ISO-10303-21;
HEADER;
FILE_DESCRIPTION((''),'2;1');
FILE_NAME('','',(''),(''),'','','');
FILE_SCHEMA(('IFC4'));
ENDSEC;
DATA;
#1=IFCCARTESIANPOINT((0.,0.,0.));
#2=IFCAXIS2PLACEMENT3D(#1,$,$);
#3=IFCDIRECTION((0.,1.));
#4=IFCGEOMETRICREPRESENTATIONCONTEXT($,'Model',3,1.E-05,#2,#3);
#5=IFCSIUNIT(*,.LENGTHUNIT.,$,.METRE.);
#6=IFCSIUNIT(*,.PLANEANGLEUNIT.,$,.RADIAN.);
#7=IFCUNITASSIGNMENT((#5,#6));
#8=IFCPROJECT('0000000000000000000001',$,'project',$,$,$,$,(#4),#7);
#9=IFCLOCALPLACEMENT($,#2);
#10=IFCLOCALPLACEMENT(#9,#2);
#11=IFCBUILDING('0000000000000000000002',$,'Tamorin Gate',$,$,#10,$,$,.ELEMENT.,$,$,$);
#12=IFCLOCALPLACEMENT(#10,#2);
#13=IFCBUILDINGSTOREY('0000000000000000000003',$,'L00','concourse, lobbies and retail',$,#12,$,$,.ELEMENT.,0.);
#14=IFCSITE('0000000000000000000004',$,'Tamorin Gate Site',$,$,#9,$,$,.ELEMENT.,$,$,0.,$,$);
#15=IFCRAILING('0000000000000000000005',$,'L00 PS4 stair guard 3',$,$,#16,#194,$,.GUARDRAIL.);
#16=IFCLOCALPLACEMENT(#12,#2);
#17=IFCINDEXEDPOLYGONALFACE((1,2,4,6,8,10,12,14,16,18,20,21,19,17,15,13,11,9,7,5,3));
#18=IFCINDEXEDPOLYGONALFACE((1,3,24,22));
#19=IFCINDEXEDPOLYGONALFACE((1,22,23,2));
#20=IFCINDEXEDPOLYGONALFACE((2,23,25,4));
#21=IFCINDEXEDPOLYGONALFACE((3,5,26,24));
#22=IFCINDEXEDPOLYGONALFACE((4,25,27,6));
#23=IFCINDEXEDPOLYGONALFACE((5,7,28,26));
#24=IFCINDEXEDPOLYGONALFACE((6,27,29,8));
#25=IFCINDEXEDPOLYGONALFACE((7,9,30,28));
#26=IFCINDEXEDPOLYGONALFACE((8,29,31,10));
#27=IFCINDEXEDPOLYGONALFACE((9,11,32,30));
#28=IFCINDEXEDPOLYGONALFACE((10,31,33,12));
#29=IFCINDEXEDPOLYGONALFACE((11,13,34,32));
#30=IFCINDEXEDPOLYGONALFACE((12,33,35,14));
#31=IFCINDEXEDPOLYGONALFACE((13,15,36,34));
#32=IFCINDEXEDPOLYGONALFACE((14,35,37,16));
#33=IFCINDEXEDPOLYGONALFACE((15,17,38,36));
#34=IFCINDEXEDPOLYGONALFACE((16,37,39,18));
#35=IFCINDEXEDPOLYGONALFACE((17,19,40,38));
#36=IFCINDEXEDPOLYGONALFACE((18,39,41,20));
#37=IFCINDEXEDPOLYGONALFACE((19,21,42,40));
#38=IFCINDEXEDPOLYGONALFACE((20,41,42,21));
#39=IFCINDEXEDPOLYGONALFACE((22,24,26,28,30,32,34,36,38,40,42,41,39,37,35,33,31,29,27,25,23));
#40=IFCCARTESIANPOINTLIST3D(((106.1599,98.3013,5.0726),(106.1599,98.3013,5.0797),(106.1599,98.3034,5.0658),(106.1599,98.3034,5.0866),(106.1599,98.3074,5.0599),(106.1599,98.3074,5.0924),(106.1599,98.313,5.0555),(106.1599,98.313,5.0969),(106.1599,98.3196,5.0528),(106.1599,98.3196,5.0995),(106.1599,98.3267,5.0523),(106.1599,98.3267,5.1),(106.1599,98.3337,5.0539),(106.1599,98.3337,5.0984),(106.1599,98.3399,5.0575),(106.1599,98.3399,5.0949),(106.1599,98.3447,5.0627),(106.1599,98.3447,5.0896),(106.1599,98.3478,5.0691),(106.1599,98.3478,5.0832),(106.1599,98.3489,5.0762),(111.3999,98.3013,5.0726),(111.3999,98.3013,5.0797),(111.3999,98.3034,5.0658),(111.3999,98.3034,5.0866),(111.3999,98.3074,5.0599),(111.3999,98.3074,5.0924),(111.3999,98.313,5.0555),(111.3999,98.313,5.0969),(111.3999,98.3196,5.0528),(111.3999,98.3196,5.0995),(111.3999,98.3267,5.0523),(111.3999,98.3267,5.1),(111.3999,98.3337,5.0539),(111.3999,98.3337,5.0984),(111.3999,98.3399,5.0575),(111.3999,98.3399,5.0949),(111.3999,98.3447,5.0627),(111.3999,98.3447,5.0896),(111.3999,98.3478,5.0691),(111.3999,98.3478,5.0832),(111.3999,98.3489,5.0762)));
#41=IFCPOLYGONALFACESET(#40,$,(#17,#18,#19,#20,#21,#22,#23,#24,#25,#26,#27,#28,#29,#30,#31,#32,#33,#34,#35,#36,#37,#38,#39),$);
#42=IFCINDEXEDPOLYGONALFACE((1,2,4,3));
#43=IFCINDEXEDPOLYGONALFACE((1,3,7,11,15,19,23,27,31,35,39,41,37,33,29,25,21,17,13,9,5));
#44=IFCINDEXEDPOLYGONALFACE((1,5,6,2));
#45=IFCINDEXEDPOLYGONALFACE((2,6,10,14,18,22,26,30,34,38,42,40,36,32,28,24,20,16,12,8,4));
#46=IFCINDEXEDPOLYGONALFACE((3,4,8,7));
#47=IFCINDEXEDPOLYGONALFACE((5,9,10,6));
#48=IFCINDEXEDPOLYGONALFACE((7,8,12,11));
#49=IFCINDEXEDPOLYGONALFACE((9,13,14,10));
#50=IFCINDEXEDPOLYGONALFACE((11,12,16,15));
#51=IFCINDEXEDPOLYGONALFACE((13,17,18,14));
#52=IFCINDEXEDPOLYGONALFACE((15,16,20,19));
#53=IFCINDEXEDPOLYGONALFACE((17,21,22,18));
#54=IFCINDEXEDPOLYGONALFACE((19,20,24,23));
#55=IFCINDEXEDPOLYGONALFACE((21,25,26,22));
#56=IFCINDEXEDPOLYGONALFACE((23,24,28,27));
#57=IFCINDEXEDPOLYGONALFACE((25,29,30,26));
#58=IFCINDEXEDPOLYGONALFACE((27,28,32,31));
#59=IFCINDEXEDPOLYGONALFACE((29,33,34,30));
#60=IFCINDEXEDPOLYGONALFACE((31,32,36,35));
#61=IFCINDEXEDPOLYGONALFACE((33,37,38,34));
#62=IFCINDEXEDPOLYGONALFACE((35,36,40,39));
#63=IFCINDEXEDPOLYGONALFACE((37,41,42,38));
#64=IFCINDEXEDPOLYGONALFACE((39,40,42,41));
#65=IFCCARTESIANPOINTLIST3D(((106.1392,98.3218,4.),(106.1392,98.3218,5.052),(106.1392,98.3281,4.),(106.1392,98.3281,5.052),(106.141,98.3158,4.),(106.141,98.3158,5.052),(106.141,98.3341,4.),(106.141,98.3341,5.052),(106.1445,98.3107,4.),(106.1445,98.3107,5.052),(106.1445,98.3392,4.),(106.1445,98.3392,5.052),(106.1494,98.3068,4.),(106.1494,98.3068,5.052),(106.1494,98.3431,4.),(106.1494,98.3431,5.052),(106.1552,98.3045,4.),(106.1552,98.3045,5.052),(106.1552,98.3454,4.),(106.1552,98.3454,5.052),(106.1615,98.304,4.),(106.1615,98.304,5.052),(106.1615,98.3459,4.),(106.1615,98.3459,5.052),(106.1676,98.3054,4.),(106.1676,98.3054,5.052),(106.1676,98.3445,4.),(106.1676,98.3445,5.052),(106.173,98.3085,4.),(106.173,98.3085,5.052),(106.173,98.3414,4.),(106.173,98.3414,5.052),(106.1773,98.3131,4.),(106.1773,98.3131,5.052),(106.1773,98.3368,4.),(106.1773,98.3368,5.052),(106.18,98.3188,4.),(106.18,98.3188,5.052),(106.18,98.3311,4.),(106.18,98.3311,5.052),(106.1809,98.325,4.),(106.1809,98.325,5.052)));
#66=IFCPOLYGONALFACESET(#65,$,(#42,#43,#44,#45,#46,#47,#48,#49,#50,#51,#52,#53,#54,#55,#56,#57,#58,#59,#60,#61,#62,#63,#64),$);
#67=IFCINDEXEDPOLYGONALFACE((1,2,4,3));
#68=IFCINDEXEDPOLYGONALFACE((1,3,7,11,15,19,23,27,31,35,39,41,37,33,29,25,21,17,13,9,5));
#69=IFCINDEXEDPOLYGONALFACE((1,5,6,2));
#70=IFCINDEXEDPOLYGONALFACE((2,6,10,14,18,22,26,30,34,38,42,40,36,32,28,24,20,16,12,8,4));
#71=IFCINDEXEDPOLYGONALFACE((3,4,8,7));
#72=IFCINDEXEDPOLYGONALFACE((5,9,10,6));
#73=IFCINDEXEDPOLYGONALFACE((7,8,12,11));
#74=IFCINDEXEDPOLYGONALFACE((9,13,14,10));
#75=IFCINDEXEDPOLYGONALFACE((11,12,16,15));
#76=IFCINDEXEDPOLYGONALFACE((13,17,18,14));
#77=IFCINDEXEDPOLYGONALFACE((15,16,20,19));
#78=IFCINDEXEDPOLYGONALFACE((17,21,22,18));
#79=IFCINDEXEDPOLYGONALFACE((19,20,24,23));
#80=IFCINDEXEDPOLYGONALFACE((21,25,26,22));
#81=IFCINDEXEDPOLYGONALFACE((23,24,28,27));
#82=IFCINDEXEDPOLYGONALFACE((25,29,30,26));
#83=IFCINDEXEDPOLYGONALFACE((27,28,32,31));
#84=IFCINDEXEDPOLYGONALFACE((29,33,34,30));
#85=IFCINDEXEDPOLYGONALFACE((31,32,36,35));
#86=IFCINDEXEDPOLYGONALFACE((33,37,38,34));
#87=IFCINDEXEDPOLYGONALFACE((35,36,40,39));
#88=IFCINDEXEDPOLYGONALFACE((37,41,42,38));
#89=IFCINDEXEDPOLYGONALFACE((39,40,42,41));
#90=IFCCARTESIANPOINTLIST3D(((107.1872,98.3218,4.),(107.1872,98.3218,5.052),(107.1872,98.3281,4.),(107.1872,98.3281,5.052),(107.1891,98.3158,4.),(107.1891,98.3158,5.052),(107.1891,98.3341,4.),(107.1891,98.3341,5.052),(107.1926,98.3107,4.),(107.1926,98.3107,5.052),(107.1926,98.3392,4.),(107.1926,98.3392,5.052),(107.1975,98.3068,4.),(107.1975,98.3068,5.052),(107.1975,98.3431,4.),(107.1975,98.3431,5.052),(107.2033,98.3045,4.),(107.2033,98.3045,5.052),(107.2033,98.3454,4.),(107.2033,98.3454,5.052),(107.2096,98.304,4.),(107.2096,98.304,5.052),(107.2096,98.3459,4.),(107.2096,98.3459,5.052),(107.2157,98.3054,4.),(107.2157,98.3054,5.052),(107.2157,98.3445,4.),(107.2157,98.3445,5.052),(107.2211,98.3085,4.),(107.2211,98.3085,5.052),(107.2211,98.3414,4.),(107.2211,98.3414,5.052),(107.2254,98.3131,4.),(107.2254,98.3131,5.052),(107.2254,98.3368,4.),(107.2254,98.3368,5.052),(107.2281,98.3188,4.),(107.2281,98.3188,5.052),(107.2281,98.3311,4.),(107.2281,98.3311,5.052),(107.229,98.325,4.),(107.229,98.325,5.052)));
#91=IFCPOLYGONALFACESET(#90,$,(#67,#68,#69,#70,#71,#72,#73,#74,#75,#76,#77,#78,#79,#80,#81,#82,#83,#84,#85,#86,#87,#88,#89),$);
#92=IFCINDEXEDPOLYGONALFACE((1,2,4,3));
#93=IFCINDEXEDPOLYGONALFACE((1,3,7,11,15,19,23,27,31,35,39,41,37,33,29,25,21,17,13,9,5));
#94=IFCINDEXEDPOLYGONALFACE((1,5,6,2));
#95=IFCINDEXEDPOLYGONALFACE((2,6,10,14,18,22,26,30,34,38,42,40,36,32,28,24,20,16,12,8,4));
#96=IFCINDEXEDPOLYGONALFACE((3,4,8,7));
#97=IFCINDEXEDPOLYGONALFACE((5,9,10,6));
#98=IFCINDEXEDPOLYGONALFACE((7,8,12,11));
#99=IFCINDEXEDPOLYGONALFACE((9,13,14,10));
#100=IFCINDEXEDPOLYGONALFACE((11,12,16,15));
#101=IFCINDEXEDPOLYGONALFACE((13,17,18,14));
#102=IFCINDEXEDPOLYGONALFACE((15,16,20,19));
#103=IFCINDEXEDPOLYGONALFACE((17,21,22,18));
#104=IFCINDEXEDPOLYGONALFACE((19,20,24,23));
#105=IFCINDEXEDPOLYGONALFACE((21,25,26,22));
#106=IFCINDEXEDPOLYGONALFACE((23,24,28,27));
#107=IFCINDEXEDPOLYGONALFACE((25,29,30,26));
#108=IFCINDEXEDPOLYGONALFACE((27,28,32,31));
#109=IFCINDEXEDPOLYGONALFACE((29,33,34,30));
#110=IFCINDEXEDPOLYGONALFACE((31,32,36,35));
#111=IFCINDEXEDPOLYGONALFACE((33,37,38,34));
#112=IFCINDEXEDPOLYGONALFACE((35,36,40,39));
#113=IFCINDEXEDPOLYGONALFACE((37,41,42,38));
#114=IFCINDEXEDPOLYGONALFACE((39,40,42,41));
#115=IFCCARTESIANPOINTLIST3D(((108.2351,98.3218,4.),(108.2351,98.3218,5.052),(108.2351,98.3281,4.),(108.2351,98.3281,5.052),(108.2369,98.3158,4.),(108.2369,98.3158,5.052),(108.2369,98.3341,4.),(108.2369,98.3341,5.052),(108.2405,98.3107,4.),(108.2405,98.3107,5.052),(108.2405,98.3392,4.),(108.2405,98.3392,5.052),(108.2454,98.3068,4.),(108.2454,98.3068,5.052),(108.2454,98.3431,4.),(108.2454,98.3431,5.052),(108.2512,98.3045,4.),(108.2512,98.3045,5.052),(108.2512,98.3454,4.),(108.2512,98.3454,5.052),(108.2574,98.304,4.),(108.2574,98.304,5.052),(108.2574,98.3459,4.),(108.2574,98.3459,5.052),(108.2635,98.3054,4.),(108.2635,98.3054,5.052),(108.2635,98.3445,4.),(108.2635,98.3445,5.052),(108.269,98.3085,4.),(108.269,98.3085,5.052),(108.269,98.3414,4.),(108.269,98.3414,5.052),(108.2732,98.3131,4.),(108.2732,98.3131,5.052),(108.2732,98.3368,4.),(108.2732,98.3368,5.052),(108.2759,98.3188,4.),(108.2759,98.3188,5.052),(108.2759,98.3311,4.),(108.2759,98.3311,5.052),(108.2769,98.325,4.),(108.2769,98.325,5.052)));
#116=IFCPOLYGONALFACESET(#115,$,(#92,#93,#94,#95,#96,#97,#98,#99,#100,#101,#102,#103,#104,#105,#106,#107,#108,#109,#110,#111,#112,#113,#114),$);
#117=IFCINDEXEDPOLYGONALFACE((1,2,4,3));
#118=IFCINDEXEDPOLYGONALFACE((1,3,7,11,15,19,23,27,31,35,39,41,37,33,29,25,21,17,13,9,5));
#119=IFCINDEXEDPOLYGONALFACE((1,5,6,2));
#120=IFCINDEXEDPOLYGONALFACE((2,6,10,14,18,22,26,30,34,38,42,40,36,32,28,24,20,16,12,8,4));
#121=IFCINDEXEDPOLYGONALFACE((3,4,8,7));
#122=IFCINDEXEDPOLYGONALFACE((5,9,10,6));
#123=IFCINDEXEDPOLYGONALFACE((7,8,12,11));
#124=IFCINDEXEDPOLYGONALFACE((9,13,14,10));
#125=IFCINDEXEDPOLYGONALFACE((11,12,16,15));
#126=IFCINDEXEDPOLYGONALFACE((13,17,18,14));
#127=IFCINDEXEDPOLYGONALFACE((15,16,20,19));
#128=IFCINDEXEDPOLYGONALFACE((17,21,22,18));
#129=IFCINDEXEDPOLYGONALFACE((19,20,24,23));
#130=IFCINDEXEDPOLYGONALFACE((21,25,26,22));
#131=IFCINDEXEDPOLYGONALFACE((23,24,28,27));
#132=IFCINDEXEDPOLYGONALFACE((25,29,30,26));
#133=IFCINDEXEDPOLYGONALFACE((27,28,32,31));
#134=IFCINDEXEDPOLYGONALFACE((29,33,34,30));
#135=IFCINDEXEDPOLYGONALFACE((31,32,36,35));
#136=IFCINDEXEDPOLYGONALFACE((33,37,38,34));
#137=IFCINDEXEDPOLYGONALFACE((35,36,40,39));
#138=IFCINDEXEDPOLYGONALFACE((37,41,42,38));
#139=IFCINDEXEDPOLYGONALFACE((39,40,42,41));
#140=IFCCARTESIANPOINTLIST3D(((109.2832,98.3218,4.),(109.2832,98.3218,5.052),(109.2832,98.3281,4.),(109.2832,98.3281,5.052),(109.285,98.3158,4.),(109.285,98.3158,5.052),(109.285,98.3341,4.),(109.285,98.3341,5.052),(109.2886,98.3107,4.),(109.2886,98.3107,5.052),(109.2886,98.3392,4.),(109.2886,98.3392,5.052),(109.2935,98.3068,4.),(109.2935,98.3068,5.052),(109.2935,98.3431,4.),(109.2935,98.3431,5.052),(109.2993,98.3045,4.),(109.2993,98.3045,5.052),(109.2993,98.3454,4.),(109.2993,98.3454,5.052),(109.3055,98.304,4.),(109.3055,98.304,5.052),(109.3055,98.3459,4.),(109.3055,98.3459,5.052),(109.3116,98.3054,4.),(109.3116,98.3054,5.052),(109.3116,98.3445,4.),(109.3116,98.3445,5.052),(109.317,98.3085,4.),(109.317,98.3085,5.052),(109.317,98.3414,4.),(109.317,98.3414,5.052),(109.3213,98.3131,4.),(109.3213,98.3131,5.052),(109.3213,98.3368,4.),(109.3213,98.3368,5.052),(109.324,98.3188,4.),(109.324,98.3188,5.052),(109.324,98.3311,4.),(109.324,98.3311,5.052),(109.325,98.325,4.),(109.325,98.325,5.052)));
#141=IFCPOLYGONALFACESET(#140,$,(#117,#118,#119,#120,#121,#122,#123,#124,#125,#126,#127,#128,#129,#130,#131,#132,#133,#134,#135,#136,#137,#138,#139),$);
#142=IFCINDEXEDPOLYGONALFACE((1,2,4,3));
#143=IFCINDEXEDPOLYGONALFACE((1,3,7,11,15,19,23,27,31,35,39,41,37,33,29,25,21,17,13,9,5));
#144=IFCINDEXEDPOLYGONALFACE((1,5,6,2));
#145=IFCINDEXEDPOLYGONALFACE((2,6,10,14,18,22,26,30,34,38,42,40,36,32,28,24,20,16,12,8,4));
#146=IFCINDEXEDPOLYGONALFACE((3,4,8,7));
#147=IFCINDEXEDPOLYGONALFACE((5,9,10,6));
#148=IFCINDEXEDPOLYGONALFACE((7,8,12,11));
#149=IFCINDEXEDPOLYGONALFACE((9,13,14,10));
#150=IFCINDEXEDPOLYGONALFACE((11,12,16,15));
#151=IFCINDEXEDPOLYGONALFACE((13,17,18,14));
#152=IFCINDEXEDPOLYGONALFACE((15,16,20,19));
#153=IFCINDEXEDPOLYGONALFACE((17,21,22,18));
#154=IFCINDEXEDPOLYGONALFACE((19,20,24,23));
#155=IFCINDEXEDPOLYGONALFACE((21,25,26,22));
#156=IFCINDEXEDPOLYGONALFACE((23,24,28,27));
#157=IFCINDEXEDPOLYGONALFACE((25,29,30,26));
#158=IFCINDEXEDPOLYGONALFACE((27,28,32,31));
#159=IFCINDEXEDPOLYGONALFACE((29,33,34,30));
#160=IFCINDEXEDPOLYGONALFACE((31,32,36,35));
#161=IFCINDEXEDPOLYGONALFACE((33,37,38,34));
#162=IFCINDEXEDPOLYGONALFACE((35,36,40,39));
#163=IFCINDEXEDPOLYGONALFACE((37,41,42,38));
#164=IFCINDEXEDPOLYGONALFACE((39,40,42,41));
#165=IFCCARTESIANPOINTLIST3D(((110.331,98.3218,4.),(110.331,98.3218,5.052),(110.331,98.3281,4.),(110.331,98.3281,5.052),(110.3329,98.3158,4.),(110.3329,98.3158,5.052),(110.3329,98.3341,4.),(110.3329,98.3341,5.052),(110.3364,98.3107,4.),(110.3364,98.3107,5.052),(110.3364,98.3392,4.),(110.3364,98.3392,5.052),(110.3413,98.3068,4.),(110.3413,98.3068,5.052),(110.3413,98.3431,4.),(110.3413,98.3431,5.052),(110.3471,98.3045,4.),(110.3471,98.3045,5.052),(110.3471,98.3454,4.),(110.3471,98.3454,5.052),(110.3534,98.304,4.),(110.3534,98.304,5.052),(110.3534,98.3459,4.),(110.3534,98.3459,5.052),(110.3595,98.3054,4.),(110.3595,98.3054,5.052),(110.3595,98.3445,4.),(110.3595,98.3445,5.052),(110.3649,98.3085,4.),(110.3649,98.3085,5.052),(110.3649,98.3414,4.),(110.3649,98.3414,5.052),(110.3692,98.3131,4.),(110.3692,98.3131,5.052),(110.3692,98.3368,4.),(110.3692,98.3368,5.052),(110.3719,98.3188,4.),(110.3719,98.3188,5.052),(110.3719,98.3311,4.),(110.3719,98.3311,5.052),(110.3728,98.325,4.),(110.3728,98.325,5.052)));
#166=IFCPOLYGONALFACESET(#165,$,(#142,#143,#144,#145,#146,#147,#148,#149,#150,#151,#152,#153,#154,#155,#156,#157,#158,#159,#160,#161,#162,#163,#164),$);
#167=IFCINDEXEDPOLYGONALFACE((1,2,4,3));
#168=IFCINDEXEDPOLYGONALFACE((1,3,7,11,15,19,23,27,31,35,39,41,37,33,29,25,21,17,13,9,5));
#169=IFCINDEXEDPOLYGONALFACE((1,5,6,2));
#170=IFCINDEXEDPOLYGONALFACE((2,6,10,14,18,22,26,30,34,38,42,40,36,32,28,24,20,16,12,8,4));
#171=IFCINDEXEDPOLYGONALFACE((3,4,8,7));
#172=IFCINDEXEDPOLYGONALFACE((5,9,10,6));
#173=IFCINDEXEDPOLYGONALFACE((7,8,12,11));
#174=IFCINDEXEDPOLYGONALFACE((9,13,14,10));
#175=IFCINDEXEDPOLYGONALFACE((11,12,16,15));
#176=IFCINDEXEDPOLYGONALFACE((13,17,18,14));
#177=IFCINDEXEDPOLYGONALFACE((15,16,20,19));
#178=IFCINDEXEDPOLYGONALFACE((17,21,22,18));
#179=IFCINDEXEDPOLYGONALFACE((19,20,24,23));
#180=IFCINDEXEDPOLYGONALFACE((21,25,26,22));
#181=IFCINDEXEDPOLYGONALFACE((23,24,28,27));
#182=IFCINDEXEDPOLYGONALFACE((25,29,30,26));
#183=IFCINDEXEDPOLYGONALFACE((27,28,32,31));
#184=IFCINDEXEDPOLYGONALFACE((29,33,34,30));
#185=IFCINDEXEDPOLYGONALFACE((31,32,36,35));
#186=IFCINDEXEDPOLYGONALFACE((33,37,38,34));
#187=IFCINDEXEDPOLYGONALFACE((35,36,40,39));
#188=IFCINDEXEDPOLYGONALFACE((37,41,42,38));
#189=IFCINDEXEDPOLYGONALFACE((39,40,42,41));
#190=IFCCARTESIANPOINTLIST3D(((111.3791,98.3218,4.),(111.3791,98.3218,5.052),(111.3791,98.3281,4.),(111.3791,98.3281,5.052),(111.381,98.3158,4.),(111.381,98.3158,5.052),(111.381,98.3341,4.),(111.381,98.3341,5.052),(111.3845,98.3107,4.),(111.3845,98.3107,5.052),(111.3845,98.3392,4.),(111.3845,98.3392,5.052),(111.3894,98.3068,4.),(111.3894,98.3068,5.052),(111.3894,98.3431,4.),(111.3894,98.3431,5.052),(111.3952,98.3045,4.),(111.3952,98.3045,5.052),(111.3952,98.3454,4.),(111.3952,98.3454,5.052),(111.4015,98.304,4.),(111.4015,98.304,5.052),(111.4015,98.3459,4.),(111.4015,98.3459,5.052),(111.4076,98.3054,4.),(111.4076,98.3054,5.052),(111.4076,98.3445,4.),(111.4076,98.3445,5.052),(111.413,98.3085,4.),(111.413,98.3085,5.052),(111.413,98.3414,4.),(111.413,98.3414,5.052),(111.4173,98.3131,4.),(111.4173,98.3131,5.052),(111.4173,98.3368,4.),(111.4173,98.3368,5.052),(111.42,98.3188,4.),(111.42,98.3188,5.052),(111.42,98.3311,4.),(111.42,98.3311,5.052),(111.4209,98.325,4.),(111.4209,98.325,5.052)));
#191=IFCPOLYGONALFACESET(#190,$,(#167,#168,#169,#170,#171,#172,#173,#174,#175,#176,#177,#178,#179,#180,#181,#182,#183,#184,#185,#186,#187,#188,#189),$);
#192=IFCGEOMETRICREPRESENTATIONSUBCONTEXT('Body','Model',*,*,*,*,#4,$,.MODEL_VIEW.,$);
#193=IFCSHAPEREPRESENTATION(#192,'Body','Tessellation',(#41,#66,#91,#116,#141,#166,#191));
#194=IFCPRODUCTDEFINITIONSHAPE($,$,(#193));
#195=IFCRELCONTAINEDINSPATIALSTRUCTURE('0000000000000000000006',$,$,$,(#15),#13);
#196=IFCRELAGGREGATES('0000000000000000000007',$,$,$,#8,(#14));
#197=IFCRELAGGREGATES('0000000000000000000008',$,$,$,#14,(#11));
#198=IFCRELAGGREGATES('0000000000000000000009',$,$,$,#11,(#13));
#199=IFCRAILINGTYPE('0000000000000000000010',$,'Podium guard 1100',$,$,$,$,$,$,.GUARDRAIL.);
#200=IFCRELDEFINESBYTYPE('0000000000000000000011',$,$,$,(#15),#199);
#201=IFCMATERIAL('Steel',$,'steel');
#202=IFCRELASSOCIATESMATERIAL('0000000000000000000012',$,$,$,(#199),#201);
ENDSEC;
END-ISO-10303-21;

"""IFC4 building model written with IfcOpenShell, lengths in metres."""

from ifc_helpers import new_model, si_unit, direction, frame, origin, origin_2d, place, context, subcontext, project, spatial, circle, extrude, material, type_object, element, save


model = new_model("IFC4")

# Units and contexts
model_context = context("Model", 3, precision=1e-05, world=origin(), true_north=direction((0.0, 1.0)))
body_context = subcontext(model_context, "Body", "Model", "MODEL_VIEW")
ifc_project = project(units=[si_unit("LENGTHUNIT", "METRE"), si_unit("PLANEANGLEUNIT", "RADIAN")], contexts=[model_context])

# Site, building, storey
site_placement = place(None, origin())
site = spatial("IfcSite", under=ifc_project, at=site_placement, Name="Tamorin Gate Site", CompositionType="ELEMENT", RefElevation=0.0)
building_placement = place(site_placement, origin())
building = spatial("IfcBuilding", under=site, at=building_placement, Name="Tamorin Gate", CompositionType="ELEMENT")
storey_placement = place(building_placement, origin())
storey = spatial("IfcBuildingStorey", under=building, at=storey_placement, Name="L00", Description="concourse, lobbies and retail", CompositionType="ELEMENT", Elevation=0.0)

# Railing
ifc_material_1 = material(Name="Steel", Category="steel")
railing_type_1 = type_object("IfcRailingType", Name="Podium guard 1100", PredefinedType="GUARDRAIL", material=ifc_material_1)
railing_1_placement = place(storey_placement, frame((106.1599, 98.325, 4.0)))
element("IfcRailing", 1, at=railing_1_placement, inside=storey, type_object=railing_type_1, Name="L00 PS4 stair guard 3", PredefinedType="GUARDRAIL", context=body_context, shape_type="SweptSolid", body=[
    extrude(circle(Radius=0.0239, at=origin_2d()), frame((0.0, 0.0, 1.0762), z_axis=(1.0, 0.0, 0.0), x_axis=(0.0, 1.0, 0.0)), (0.0, 0.0, 1.0), 5.24),
    extrude(circle(Radius=0.021, at=origin_2d()), origin(), (0.0, 0.0, 1.0), 1.052),
    extrude(circle(Radius=0.021, at=origin_2d()), frame((1.0481, 0.0, 0.0)), (0.0, 0.0, 1.0), 1.052),
    extrude(circle(Radius=0.021, at=origin_2d()), frame((2.0959, 0.0, 0.0)), (0.0, 0.0, 1.0), 1.052),
    extrude(circle(Radius=0.021, at=origin_2d()), frame((3.144, 0.0, 0.0)), (0.0, 0.0, 1.0), 1.052),
    extrude(circle(Radius=0.021, at=origin_2d()), frame((4.1919, 0.0, 0.0)), (0.0, 0.0, 1.0), 1.052),
    extrude(circle(Radius=0.021, at=origin_2d()), frame((5.24, 0.0, 0.0)), (0.0, 0.0, 1.0), 1.052),
])

save(model, "model.ifc")
